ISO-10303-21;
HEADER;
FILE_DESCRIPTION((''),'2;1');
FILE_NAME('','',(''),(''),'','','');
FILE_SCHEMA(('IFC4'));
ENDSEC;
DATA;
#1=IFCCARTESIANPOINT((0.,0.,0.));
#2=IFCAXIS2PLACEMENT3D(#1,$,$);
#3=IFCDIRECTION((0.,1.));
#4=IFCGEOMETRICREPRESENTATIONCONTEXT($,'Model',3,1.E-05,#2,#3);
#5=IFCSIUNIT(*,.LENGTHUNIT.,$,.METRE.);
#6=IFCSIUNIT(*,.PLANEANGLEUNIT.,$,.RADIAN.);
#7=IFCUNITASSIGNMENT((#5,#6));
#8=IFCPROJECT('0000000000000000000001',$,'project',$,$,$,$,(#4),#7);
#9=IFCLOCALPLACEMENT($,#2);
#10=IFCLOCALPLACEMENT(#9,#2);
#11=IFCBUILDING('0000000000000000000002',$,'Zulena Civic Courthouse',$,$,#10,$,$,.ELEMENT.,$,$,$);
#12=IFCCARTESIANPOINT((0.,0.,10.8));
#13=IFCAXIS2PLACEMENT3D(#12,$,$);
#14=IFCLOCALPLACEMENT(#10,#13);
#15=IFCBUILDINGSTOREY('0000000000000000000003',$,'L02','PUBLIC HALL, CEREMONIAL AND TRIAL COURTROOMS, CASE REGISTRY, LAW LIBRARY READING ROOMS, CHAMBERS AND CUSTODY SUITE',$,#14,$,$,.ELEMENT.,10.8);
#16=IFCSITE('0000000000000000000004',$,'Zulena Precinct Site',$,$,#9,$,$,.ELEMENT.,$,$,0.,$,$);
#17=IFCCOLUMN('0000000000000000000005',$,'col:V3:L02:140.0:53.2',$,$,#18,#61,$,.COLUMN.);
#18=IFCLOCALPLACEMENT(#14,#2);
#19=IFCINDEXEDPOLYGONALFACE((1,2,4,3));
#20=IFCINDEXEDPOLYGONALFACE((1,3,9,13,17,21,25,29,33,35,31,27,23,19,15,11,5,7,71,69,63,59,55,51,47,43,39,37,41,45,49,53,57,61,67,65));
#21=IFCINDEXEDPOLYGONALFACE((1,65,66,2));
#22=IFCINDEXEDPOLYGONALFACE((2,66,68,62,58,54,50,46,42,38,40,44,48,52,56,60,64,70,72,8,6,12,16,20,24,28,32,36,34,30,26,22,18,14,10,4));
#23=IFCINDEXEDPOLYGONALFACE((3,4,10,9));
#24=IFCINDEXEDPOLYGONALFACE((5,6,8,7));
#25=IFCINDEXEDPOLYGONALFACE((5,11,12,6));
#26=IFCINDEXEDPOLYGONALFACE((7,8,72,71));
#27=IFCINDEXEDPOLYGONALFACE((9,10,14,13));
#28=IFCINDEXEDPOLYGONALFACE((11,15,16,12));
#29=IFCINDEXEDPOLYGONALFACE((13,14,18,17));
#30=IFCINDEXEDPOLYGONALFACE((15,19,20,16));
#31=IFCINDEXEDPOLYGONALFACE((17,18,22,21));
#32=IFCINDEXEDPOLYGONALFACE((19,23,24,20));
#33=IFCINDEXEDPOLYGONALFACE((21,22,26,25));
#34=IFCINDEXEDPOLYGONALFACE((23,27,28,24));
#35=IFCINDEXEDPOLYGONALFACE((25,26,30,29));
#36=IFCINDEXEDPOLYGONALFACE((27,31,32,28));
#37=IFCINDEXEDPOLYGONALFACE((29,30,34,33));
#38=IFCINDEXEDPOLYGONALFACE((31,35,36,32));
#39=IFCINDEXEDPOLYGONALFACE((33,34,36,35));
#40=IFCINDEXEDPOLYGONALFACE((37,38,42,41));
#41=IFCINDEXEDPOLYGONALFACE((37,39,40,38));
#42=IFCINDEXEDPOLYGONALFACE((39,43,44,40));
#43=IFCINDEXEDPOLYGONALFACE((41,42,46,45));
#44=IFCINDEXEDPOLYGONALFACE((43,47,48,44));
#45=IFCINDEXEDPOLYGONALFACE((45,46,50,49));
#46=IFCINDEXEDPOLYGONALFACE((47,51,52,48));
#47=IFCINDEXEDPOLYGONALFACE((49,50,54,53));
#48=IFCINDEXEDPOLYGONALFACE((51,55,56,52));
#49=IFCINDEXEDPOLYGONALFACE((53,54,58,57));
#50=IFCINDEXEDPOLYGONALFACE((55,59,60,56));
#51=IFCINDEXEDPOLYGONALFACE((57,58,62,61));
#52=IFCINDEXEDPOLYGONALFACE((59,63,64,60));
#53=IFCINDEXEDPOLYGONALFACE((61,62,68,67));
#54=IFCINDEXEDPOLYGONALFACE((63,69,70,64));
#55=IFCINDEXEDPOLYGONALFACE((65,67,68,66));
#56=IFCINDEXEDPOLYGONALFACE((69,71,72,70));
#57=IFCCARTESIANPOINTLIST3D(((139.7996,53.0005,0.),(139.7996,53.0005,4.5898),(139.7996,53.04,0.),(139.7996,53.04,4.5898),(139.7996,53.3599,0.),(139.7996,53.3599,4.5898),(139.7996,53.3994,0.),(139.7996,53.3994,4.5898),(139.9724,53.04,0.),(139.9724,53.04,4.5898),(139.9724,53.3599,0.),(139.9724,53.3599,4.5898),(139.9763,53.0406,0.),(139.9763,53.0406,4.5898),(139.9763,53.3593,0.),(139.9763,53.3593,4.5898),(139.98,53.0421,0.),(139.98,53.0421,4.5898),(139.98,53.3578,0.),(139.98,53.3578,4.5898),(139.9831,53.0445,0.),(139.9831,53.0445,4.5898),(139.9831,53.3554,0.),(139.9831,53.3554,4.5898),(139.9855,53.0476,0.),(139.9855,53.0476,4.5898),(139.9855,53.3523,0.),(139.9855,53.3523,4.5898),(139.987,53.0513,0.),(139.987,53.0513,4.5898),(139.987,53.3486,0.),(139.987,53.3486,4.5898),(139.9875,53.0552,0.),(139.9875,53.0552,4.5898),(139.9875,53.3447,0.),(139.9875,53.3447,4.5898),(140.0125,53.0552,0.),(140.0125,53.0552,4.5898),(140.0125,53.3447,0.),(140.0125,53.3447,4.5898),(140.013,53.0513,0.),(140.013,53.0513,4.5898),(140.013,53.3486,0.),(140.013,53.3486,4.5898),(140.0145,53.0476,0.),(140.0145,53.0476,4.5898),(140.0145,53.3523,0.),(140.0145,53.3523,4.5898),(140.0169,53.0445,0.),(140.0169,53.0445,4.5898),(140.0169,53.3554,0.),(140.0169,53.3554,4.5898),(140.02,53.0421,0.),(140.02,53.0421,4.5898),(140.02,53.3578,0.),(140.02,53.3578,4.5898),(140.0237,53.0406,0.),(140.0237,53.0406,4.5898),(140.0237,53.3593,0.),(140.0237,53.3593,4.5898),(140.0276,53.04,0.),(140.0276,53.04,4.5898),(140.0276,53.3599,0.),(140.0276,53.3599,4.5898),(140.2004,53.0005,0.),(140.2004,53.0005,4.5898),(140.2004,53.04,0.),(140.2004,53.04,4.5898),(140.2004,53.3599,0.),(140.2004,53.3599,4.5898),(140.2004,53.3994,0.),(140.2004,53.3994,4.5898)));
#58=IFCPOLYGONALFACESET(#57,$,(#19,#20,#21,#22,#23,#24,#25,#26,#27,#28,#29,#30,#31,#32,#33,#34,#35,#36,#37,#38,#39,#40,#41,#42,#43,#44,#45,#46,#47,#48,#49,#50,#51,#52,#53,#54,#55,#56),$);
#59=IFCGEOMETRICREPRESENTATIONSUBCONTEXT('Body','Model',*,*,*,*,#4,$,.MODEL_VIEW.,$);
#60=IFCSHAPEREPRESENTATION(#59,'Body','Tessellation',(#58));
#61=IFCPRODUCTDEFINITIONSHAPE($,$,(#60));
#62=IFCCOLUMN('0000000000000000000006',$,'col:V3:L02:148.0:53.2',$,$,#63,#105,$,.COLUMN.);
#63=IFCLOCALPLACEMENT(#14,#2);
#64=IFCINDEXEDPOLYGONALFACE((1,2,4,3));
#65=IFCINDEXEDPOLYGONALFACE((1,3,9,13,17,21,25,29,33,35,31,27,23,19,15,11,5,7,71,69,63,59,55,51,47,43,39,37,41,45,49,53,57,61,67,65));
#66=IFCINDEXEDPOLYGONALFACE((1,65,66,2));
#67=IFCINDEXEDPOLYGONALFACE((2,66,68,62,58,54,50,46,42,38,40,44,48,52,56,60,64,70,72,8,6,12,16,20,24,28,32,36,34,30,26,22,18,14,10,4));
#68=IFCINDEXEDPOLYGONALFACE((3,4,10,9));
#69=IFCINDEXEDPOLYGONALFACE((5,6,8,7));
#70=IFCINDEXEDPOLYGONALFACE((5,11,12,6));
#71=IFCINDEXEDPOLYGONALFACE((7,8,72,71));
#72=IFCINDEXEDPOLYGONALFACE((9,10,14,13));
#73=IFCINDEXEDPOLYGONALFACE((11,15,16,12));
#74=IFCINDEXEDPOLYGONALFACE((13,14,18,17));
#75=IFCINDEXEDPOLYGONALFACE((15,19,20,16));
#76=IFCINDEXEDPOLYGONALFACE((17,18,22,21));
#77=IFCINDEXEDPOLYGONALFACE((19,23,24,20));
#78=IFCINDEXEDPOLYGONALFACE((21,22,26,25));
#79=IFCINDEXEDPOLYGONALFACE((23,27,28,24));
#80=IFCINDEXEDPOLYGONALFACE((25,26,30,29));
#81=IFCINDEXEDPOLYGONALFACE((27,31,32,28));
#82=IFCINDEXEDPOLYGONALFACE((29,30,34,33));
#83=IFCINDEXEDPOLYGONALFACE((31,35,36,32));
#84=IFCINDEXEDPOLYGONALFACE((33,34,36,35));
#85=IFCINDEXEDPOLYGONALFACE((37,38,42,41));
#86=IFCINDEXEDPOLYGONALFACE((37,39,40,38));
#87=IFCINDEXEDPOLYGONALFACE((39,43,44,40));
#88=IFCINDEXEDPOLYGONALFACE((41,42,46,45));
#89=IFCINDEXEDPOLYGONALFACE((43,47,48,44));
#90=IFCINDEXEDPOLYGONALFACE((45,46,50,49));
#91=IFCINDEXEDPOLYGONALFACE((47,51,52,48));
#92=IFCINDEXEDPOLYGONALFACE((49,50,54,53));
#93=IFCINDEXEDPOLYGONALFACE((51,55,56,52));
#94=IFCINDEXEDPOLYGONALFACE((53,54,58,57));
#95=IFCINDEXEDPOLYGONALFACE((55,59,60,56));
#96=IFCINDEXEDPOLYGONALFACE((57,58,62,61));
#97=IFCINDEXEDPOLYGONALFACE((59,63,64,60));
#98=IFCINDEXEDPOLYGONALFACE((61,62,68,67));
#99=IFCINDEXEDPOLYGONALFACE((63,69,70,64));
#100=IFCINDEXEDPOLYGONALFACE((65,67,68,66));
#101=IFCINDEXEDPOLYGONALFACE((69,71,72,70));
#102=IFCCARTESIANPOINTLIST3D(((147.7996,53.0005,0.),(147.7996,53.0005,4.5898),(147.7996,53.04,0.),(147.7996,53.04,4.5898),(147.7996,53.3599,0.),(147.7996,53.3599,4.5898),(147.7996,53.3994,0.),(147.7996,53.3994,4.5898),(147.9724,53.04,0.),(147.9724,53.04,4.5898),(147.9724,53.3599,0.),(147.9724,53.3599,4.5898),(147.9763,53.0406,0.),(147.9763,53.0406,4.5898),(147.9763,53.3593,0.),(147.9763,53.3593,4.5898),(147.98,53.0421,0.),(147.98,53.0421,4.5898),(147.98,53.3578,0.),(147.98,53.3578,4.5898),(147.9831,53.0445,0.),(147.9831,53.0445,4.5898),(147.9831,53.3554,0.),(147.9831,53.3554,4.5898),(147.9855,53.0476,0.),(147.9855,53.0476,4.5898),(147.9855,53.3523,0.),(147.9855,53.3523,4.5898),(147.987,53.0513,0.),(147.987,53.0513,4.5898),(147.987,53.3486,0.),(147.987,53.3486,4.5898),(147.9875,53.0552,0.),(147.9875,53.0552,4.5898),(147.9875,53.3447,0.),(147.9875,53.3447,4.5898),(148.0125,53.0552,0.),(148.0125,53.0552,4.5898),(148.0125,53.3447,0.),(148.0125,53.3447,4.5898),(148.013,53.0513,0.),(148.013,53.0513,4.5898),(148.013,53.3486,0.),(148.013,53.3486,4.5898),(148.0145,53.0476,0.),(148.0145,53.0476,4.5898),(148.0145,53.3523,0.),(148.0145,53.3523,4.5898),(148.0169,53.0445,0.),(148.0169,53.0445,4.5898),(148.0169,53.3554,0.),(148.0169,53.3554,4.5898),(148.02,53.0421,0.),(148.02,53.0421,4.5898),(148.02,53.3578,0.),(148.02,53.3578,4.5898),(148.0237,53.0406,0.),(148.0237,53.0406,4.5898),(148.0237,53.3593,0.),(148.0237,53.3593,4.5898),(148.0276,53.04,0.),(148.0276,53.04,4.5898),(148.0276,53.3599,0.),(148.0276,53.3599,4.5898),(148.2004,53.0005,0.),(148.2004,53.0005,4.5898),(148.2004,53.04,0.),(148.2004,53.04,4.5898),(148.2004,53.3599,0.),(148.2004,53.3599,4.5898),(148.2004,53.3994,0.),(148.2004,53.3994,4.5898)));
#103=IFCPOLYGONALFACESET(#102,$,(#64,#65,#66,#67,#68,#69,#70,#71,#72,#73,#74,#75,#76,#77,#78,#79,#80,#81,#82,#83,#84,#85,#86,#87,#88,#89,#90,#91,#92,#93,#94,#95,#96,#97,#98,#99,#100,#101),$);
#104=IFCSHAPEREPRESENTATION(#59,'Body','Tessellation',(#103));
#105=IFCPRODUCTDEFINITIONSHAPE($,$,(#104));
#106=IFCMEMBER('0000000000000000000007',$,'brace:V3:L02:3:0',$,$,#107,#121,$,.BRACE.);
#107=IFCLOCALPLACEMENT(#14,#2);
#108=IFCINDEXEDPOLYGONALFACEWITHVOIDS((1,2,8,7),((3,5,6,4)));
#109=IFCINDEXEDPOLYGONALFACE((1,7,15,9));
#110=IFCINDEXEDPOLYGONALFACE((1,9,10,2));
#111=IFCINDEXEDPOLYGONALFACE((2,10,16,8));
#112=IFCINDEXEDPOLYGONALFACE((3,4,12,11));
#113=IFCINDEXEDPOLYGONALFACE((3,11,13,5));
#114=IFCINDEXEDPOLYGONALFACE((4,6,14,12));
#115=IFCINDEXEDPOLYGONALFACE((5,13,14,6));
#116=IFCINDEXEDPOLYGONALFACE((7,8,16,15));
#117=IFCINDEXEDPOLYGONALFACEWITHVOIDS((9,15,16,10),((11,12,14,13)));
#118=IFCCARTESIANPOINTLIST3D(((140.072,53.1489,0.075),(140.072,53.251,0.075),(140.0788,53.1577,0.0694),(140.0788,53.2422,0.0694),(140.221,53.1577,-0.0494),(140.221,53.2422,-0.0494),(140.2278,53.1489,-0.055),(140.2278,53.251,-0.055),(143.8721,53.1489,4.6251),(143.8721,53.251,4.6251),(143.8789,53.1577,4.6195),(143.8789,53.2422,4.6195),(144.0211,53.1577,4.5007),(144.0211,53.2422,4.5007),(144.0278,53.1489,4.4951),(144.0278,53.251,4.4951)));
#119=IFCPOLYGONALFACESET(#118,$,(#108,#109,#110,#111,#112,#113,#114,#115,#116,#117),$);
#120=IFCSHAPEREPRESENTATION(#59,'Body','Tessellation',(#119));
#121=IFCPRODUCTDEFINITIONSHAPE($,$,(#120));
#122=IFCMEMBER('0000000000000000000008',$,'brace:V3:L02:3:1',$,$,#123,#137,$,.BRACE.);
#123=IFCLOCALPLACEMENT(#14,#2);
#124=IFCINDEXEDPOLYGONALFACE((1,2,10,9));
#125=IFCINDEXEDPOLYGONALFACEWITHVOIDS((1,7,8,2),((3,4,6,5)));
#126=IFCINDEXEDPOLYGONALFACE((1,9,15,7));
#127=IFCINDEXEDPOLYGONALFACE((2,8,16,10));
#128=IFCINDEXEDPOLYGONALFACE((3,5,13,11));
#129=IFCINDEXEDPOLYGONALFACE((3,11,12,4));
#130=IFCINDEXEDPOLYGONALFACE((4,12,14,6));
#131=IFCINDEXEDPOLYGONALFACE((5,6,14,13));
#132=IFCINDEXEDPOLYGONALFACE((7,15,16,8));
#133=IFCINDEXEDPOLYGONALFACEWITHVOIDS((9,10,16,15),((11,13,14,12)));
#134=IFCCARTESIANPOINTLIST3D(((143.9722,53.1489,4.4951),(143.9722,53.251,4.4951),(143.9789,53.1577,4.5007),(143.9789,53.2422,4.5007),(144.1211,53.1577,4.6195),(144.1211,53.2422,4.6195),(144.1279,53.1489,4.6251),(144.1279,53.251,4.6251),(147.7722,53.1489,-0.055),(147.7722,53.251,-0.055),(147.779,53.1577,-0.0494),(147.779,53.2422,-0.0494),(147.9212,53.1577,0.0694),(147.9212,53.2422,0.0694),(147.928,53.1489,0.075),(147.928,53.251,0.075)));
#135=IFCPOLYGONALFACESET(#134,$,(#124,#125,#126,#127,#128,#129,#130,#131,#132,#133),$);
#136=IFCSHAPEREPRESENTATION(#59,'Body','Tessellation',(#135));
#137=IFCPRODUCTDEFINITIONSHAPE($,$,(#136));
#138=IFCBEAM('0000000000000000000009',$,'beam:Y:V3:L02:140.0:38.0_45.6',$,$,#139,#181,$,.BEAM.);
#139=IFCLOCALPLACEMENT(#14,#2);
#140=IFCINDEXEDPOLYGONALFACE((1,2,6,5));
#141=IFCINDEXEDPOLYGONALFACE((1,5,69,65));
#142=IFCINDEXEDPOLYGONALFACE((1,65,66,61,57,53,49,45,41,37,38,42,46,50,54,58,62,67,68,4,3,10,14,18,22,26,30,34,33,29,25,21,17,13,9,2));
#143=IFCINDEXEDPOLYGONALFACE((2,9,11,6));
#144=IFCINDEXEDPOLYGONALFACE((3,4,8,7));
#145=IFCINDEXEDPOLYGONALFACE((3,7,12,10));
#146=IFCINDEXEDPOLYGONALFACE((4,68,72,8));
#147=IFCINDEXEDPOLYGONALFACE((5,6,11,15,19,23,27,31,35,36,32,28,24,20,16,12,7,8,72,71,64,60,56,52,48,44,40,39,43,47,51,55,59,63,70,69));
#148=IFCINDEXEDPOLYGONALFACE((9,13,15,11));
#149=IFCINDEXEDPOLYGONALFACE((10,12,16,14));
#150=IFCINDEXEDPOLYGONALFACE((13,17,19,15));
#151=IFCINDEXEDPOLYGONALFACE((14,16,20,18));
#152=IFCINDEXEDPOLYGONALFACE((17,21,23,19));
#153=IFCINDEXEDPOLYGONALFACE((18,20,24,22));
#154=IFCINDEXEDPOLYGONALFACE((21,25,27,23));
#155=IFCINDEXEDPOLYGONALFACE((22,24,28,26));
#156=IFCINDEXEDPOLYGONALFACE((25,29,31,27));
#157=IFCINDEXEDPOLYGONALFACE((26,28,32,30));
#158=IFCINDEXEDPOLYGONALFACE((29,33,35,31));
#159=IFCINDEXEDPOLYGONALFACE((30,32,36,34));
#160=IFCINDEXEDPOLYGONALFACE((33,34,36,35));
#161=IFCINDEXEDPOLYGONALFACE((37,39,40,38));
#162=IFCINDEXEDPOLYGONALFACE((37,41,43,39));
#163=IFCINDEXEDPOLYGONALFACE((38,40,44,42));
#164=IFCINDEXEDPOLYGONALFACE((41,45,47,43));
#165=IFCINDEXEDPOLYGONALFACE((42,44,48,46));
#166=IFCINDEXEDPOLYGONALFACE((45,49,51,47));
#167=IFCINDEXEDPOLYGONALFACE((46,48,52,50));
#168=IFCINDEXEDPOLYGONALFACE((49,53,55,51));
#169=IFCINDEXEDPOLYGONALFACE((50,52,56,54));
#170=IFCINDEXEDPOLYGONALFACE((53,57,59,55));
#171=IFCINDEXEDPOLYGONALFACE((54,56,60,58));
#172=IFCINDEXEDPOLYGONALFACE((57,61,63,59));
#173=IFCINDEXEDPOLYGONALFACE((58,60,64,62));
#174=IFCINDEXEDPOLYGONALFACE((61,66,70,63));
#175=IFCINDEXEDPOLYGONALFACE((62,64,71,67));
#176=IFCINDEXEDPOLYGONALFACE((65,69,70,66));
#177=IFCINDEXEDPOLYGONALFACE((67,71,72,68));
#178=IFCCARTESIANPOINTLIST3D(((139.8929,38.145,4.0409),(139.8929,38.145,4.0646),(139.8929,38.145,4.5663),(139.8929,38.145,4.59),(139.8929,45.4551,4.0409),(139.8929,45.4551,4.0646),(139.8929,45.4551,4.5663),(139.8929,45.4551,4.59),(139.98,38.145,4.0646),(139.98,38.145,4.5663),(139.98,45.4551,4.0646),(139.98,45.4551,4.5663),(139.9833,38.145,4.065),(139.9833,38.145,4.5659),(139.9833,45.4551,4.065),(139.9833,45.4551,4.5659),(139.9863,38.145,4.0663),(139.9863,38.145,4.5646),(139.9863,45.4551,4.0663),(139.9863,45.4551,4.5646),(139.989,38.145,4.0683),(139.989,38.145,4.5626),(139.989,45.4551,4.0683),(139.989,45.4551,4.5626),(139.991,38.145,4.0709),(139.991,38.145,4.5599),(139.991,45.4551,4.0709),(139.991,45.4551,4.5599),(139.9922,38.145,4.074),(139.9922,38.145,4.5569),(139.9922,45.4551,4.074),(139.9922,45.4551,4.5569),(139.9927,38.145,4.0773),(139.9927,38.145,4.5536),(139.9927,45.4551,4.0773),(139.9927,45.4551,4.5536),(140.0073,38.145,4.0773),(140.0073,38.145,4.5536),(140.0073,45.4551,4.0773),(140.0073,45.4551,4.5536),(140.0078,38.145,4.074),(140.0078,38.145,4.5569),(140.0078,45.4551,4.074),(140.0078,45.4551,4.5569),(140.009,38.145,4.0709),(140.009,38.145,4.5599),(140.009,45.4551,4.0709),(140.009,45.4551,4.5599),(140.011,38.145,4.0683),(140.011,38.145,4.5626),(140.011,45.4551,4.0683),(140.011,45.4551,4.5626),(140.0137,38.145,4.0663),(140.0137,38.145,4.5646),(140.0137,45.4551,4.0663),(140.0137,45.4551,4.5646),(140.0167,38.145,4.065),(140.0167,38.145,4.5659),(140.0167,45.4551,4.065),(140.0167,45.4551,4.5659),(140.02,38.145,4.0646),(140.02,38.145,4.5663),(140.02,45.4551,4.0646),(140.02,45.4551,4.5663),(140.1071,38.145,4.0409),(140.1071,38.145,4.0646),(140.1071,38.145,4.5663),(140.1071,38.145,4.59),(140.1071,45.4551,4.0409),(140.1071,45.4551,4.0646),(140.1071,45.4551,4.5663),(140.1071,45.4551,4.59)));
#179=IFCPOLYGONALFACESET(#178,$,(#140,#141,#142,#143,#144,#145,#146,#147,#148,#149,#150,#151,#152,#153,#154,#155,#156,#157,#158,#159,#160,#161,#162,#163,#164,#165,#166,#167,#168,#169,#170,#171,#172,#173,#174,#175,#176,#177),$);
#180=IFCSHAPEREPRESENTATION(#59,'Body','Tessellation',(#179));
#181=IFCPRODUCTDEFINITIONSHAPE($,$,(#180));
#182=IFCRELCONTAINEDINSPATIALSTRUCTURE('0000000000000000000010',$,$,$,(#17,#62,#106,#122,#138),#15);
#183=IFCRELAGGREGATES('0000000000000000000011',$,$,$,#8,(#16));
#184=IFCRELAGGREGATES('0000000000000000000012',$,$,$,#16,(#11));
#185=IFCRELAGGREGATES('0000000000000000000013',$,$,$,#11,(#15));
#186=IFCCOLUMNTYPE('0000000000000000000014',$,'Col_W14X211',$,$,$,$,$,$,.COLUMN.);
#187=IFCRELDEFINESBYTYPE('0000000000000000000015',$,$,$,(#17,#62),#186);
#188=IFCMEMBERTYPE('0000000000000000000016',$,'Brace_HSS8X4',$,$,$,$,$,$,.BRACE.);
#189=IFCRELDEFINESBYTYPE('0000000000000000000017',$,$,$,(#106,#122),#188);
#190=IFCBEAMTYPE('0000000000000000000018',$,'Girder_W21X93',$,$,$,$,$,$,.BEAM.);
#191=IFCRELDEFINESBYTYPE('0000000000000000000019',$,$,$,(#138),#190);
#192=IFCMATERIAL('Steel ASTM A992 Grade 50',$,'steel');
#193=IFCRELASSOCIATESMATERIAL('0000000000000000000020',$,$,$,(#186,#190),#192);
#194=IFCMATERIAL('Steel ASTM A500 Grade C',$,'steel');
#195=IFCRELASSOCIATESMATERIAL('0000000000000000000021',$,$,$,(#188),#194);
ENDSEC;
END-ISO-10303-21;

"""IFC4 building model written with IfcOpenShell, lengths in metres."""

from ifc_helpers import new_model, si_unit, direction, frame, origin, origin_2d, place, context, subcontext, project, spatial, hollow_rectangle, i_section, extrude, material, material_profile, profile_set, type_object, element, save


model = new_model("IFC4")

# Units and contexts
model_context = context("Model", 3, precision=1e-05, world=origin(), true_north=direction((0.0, 1.0)))
body_context = subcontext(model_context, "Body", "Model", "MODEL_VIEW")
ifc_project = project(units=[si_unit("LENGTHUNIT", "METRE"), si_unit("PLANEANGLEUNIT", "RADIAN")], contexts=[model_context])

# Site, building, storey
site_placement = place(None, origin())
site = spatial("IfcSite", under=ifc_project, at=site_placement, Name="Zulena Precinct Site", CompositionType="ELEMENT", RefElevation=0.0)
building_placement = place(site_placement, origin())
building = spatial("IfcBuilding", under=site, at=building_placement, Name="Zulena Civic Courthouse", CompositionType="ELEMENT")
storey_placement = place(building_placement, frame((0.0, 0.0, 10.8)))
storey = spatial("IfcBuildingStorey", under=building, at=storey_placement, Name="L02", Description="PUBLIC HALL, CEREMONIAL AND TRIAL COURTROOMS, CASE REGISTRY, LAW LIBRARY READING ROOMS, CHAMBERS AND CUSTODY SUITE", CompositionType="ELEMENT", Elevation=10.8)

# Columns
ifc_material_1 = material(Name="Steel ASTM A992 Grade 50", Category="steel")
ifc_material_profile_1 = material_profile(ifc_material_1, i_section(OverallWidth=0.4009, OverallDepth=0.3989, WebThickness=0.0249, FlangeThickness=0.0396, FilletRadius=0.0151, at=origin_2d()), Name="W14X211")
ifc_profile_set_1 = profile_set([ifc_material_profile_1], Name="Steel ASTM A992 Grade 50")
column_type_1 = type_object("IfcColumnType", Name="Col_W14X211", PredefinedType="COLUMN", material=ifc_profile_set_1)
for number, where, z_axis, x_axis, name in (
    (1, (140.0, 53.2, 0.0), (0.0, 0.0, 1.0), (1.0, 0.0, 0.0), "col:V3:L02:140.0:53.2"),
    (2, (148.0, 53.2, 0.0), (0.0, 0.0, 1.0), (1.0, 0.0, 0.0), "col:V3:L02:148.0:53.2"),
):
    element("IfcColumn", number, at=place(storey_placement, frame(where, z_axis=z_axis, x_axis=x_axis)), inside=storey, type_object=column_type_1, Name=name, PredefinedType="COLUMN", context=body_context, shape_type="SweptSolid", body=[
        extrude(i_section(OverallWidth=0.4009, OverallDepth=0.3989, WebThickness=0.0249, FlangeThickness=0.0396, FilletRadius=0.0151, at=origin_2d()), origin(), (0.0, 0.0, 1.0), 4.5898),
    ])

# Members
ifc_material_2 = material(Name="Steel ASTM A500 Grade C", Category="steel")
ifc_material_profile_2 = material_profile(ifc_material_2, hollow_rectangle(XDim=0.1021, YDim=0.2029, WallThickness=0.0088, at=origin_2d()), Name="HSS8X4X3/8")
ifc_profile_set_2 = profile_set([ifc_material_profile_2], Name="Steel ASTM A500 Grade C")
member_type = type_object("IfcMemberType", Name="Brace_HSS8X4", PredefinedType="BRACE", material=ifc_profile_set_2)
for number, where, z_axis, x_axis, name in (
    (3, (140.1499, 53.2, 0.01), (0.641014, 0.0, 0.767529), (0.0, 1.0, 0.0), "brace:V3:L02:3:0"),
    (4, (147.8501, 53.2, 0.01), (-0.641014, 0.0, 0.767529), (0.0, -1.0, 0.0), "brace:V3:L02:3:1"),
):
    element("IfcMember", number, at=place(storey_placement, frame(where, z_axis=z_axis, x_axis=x_axis)), inside=storey, type_object=member_type, Name=name, PredefinedType="BRACE", context=body_context, shape_type="SweptSolid", body=[
        extrude(hollow_rectangle(XDim=0.1021, YDim=0.2029, WallThickness=0.0088, at=origin_2d()), origin(), (0.0, 0.0, 1.0), 5.9282),
    ])

# Beam
ifc_material_profile_3 = material_profile(ifc_material_1, i_section(OverallWidth=0.2141, OverallDepth=0.5491, WebThickness=0.0146, FlangeThickness=0.0237, FilletRadius=0.0127, at=origin_2d()), Name="W21X93")
ifc_profile_set_3 = profile_set([ifc_material_profile_3], Name="Steel ASTM A992 Grade 50")
beam_type_1 = type_object("IfcBeamType", Name="Girder_W21X93", PredefinedType="BEAM", material=ifc_profile_set_3)
for number, where, z_axis, x_axis, name in (
    (5, (140.0, 38.145, 4.3154), (0.0, 1.0, 0.0), (-1.0, 0.0, 0.0), "beam:Y:V3:L02:140.0:38.0_45.6"),
):
    element("IfcBeam", number, at=place(storey_placement, frame(where, z_axis=z_axis, x_axis=x_axis)), inside=storey, type_object=beam_type_1, Name=name, PredefinedType="BEAM", context=body_context, shape_type="SweptSolid", body=[
        extrude(i_section(OverallWidth=0.2141, OverallDepth=0.5491, WebThickness=0.0146, FlangeThickness=0.0237, FilletRadius=0.0127, at=origin_2d()), origin(), (0.0, 0.0, 1.0), 7.3101),
    ])

save(model, "model.ifc")
